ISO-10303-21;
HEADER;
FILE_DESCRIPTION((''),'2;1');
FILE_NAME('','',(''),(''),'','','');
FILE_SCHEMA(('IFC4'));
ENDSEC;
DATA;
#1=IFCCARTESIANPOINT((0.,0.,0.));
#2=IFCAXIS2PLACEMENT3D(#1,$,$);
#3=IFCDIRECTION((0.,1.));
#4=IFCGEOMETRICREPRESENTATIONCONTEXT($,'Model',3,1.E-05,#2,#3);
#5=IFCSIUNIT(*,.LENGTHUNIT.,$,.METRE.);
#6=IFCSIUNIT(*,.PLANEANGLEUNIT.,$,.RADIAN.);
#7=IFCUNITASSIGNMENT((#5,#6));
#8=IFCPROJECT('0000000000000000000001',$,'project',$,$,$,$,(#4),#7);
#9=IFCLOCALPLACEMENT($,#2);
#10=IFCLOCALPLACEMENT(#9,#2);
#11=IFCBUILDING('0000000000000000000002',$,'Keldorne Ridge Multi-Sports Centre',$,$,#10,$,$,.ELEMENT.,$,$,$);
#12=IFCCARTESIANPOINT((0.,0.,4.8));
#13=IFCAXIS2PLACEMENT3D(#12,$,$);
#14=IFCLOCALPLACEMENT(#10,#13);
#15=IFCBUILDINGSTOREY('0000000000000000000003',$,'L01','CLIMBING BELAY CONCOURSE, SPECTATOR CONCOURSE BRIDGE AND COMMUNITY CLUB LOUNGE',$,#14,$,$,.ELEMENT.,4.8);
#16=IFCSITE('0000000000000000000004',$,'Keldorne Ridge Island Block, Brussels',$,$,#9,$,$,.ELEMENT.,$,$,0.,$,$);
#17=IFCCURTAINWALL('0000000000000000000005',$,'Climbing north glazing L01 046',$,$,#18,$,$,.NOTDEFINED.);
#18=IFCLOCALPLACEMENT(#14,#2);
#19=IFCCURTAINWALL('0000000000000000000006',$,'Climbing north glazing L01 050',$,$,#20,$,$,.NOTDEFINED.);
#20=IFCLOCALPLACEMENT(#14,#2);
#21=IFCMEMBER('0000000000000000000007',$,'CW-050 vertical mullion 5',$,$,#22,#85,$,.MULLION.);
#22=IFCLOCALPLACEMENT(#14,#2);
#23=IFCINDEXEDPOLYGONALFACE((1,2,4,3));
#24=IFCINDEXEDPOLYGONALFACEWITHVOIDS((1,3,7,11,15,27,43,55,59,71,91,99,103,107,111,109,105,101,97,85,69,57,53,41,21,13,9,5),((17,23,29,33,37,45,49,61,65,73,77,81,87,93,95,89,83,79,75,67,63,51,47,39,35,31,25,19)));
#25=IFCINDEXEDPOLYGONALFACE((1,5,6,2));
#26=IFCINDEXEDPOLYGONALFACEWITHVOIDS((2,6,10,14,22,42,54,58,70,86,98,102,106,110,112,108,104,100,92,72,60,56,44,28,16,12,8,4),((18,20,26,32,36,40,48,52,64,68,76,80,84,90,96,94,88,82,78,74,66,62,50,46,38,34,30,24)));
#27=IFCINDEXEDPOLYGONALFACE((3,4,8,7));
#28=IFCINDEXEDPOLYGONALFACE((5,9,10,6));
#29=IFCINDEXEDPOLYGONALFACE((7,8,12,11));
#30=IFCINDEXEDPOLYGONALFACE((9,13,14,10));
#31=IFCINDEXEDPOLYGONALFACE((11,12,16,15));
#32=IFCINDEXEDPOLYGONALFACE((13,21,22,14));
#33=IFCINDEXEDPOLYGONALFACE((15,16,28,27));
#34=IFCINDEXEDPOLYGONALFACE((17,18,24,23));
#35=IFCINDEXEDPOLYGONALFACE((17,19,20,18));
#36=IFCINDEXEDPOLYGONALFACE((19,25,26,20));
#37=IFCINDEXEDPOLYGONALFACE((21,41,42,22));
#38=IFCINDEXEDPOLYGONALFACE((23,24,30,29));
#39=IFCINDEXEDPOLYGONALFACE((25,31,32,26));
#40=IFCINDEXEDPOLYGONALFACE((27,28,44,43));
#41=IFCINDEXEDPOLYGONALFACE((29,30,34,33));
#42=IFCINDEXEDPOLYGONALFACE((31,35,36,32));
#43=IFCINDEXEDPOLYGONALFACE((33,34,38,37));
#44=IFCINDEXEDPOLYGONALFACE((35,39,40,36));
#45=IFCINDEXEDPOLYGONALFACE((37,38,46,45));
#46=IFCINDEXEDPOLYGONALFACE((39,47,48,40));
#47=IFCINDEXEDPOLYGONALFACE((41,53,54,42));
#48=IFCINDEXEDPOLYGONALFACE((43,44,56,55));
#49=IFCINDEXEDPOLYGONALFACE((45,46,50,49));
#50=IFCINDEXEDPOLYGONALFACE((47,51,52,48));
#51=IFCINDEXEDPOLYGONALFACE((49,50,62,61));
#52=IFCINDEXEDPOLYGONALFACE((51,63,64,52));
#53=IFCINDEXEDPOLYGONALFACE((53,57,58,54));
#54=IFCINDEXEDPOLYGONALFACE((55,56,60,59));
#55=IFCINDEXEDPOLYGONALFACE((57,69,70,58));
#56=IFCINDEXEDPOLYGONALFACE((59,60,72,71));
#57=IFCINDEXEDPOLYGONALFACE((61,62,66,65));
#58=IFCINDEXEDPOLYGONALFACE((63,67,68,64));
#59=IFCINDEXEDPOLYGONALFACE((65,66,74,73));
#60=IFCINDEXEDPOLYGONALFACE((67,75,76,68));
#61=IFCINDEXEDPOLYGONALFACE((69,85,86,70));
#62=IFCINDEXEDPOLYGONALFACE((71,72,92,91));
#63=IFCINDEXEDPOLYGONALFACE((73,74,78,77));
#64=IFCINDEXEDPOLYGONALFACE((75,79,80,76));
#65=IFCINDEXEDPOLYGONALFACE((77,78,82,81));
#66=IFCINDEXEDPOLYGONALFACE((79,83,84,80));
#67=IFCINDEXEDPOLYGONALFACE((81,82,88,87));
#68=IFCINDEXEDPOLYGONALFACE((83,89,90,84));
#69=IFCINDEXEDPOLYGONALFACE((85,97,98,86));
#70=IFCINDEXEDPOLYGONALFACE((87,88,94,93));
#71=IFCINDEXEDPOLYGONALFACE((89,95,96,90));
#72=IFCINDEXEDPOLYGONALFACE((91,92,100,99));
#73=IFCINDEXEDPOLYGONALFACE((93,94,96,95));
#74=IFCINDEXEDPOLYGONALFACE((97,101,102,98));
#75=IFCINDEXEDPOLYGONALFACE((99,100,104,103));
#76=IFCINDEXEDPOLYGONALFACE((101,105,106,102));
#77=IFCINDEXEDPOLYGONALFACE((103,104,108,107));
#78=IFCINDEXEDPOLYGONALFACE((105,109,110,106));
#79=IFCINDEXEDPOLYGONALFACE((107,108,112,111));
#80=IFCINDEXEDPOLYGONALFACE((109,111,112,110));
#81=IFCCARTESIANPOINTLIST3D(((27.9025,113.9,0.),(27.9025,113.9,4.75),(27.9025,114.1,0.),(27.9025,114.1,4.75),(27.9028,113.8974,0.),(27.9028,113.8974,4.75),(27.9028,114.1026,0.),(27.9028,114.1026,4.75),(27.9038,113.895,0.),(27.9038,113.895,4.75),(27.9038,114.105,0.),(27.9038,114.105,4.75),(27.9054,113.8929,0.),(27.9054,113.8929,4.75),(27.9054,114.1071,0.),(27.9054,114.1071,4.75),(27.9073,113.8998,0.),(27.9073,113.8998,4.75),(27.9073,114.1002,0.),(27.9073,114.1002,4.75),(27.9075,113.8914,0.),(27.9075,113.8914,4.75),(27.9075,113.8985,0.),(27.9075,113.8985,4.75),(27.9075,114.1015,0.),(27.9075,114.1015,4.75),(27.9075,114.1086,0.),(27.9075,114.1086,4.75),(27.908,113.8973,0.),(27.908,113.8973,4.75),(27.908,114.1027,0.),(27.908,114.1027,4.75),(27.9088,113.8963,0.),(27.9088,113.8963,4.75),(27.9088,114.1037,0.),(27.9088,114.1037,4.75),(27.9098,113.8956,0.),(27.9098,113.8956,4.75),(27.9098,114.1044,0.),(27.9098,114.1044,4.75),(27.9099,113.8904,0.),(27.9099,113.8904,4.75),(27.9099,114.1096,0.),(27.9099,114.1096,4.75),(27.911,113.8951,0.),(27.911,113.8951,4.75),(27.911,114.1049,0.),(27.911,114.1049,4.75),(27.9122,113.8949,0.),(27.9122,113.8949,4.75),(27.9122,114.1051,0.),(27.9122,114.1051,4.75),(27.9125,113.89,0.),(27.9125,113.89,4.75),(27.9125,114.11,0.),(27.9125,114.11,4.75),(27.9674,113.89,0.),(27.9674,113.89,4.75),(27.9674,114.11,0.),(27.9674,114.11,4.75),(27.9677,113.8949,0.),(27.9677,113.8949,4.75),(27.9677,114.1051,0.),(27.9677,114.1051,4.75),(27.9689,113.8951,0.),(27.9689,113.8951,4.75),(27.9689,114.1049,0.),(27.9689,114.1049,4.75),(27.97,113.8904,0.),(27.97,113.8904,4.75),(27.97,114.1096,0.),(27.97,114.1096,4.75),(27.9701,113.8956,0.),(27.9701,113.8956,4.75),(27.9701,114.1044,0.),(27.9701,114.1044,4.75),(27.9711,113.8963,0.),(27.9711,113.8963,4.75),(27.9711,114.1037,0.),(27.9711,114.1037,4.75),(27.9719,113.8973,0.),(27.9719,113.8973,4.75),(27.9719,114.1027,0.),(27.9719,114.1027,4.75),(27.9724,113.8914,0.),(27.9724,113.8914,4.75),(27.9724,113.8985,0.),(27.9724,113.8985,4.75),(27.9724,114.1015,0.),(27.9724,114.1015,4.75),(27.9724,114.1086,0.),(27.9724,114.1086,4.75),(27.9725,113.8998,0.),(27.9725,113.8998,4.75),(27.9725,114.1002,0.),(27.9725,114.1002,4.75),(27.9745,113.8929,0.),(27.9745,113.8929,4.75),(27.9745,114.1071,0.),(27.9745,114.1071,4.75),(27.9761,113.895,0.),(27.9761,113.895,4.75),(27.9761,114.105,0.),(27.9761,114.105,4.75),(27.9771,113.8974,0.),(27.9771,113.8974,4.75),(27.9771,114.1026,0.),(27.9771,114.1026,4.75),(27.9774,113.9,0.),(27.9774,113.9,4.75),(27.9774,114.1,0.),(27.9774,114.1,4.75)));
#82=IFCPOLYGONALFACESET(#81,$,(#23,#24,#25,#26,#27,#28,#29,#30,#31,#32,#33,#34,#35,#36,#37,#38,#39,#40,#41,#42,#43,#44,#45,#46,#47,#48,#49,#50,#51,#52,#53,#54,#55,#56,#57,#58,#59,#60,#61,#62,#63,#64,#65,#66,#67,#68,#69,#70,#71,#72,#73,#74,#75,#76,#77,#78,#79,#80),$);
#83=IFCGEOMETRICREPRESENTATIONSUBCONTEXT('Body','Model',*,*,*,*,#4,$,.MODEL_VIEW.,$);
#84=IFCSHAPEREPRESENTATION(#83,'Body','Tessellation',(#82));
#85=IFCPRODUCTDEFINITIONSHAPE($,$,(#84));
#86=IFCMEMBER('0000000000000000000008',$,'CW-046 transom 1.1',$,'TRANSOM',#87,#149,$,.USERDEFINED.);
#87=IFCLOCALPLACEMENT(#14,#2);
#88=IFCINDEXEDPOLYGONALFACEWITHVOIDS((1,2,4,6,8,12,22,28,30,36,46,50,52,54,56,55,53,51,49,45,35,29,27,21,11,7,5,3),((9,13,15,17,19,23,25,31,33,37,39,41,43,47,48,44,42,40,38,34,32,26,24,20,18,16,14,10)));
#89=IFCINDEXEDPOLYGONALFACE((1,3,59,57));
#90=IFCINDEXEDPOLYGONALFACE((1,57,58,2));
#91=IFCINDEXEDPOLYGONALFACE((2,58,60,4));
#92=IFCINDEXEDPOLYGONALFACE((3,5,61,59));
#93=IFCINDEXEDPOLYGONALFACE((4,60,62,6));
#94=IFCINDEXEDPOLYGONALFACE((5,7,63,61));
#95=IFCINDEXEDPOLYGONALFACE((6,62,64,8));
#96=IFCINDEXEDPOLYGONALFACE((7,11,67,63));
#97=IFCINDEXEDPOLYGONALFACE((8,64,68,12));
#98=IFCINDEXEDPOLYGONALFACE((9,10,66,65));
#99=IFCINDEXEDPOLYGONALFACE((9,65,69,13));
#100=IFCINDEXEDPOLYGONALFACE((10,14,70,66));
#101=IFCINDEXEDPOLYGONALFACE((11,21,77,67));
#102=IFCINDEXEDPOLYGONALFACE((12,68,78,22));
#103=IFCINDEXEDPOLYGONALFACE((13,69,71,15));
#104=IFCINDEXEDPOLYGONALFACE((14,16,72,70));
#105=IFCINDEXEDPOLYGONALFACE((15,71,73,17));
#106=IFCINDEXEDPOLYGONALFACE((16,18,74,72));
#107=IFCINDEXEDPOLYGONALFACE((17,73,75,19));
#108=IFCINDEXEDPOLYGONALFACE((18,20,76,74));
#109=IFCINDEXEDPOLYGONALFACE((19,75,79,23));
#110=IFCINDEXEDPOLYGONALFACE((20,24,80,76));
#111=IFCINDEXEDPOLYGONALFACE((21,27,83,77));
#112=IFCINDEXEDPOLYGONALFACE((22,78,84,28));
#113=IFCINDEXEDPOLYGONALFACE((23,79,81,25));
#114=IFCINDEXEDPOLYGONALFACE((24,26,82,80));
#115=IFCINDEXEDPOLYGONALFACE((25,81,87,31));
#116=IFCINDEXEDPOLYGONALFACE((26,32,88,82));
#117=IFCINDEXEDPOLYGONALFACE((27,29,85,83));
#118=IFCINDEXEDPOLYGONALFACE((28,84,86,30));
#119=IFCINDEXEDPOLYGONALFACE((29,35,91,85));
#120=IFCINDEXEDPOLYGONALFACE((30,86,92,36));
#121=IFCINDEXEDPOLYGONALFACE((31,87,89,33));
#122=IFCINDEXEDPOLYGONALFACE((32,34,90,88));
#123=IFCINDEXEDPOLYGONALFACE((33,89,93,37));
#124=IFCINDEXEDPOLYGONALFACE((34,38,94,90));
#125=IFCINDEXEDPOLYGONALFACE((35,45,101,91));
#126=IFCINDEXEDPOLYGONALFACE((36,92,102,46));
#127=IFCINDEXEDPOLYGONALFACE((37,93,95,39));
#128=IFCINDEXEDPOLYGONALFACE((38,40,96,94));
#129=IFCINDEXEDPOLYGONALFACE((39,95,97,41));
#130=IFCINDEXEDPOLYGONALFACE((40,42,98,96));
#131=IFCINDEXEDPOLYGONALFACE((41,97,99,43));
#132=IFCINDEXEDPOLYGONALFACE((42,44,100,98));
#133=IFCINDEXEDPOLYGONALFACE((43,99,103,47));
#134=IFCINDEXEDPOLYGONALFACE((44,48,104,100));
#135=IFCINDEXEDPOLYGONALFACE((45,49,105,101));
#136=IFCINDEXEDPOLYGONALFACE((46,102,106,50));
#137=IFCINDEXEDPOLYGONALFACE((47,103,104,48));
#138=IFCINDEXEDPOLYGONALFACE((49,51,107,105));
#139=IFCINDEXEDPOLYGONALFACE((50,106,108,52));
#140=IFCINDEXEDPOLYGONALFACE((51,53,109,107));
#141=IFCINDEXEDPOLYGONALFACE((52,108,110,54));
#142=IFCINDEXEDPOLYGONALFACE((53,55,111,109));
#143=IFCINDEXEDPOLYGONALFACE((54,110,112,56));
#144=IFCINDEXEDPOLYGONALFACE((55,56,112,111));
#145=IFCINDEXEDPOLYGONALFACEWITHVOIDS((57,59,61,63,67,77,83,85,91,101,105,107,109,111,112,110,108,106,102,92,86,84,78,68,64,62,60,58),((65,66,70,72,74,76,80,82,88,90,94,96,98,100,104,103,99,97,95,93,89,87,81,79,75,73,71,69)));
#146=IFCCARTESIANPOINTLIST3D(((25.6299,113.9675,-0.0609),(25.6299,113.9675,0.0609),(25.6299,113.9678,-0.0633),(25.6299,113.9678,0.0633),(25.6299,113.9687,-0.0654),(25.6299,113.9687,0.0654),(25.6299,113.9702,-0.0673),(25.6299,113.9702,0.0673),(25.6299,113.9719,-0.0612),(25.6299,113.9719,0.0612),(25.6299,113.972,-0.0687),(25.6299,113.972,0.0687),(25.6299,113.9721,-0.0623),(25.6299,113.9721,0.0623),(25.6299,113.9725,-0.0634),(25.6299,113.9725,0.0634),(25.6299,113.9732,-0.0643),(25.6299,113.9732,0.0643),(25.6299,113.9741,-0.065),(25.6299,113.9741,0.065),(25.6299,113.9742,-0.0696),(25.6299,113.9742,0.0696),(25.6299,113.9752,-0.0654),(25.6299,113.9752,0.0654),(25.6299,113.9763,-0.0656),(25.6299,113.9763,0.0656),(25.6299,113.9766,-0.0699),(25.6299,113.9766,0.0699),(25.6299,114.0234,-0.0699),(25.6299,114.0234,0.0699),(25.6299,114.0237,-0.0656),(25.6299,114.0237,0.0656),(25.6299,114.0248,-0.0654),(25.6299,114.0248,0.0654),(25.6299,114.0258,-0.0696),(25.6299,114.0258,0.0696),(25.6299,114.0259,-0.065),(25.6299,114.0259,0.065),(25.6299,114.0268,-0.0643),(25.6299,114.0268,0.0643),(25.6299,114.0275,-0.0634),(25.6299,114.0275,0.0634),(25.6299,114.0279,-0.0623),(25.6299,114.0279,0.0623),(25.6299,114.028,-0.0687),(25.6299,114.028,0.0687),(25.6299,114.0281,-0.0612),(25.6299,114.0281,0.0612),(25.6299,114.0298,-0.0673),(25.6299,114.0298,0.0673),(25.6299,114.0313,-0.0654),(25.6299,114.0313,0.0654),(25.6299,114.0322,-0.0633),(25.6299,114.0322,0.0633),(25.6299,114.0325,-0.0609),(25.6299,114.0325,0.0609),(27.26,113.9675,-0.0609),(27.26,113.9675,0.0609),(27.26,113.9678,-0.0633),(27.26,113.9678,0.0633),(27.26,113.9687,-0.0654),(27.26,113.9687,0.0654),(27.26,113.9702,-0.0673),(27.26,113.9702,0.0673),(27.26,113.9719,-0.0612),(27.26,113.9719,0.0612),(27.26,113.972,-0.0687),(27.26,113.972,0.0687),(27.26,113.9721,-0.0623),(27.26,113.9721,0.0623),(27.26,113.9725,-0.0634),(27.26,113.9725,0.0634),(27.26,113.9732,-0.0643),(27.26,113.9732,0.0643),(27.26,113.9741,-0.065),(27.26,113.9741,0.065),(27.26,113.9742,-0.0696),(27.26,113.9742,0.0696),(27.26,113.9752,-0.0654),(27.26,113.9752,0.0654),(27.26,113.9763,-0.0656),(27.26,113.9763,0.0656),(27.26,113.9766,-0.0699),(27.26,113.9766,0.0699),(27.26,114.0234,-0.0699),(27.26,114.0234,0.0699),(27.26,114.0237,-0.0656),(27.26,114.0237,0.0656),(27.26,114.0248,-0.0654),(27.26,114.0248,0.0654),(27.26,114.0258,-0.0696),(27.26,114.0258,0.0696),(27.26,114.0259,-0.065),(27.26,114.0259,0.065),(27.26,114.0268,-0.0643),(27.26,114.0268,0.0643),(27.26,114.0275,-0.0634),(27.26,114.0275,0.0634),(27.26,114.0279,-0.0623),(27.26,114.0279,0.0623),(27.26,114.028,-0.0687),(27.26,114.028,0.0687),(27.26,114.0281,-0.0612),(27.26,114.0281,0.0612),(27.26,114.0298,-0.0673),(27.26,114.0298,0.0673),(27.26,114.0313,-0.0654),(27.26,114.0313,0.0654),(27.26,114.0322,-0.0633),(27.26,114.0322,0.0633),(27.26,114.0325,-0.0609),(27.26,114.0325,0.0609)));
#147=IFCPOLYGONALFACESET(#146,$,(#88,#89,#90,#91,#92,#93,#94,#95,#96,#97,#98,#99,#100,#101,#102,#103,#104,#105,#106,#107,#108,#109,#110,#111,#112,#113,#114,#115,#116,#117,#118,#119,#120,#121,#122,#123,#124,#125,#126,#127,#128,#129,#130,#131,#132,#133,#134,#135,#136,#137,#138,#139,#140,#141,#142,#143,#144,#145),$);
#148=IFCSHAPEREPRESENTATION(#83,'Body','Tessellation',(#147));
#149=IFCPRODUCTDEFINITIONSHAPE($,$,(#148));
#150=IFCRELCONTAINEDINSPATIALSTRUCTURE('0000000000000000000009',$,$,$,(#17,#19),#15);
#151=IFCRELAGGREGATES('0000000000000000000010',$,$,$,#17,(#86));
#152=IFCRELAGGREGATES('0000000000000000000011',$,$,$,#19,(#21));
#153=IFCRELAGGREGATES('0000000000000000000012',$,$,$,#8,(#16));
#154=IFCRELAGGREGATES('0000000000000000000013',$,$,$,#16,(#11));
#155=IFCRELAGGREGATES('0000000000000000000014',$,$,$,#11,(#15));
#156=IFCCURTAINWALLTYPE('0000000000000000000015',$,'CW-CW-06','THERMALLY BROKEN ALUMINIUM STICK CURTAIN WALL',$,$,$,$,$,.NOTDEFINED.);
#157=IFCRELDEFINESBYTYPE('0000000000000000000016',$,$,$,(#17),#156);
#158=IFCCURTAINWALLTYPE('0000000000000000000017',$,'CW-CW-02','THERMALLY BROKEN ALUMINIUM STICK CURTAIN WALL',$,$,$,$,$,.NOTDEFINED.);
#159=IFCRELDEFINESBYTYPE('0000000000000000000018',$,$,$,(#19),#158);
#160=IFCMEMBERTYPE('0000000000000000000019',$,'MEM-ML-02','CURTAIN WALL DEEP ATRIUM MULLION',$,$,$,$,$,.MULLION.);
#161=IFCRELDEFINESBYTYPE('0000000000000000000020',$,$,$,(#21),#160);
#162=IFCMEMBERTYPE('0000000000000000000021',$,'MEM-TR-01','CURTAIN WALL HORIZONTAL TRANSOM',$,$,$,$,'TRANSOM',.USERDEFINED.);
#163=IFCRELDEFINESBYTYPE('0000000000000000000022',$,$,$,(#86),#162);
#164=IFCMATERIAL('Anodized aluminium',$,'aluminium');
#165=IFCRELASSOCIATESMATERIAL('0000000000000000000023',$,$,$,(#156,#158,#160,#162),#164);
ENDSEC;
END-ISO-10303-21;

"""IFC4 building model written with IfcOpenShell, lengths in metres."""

from ifc_helpers import new_model, si_unit, direction, frame, origin, origin_2d, place, context, subcontext, project, spatial, hollow_rectangle, extrude, material, material_profile, profile_set, type_object, element, aggregate, save


model = new_model("IFC4")

# Units and contexts
model_context = context("Model", 3, precision=1e-05, world=origin(), true_north=direction((0.0, 1.0)))
body_context = subcontext(model_context, "Body", "Model", "MODEL_VIEW")
ifc_project = project(units=[si_unit("LENGTHUNIT", "METRE"), si_unit("PLANEANGLEUNIT", "RADIAN")], contexts=[model_context])

# Site, building, storey
site_placement = place(None, origin())
site = spatial("IfcSite", under=ifc_project, at=site_placement, Name="Keldorne Ridge Island Block, Brussels", CompositionType="ELEMENT", RefElevation=0.0)
building_placement = place(site_placement, origin())
building = spatial("IfcBuilding", under=site, at=building_placement, Name="Keldorne Ridge Multi-Sports Centre", CompositionType="ELEMENT")
storey_placement = place(building_placement, frame((0.0, 0.0, 4.8)))
storey = spatial("IfcBuildingStorey", under=building, at=storey_placement, Name="L01", Description="CLIMBING BELAY CONCOURSE, SPECTATOR CONCOURSE BRIDGE AND COMMUNITY CLUB LOUNGE", CompositionType="ELEMENT", Elevation=4.8)

# Curtain wall
ifc_material_1 = material(Name="Anodized aluminium", Category="aluminium")
curtain_wall_type_1 = type_object("IfcCurtainWallType", Name="CW-CW-06", Description="THERMALLY BROKEN ALUMINIUM STICK CURTAIN WALL", PredefinedType="NOTDEFINED", material=ifc_material_1)
curtain_wall_1_placement = place(storey_placement, origin())
curtain_wall_1 = element("IfcCurtainWall", 1, at=curtain_wall_1_placement, inside=storey, type_object=curtain_wall_type_1, Name="Climbing north glazing L01 046", PredefinedType="NOTDEFINED")
ifc_material_profile_1 = material_profile(ifc_material_1, hollow_rectangle(XDim=0.075, YDim=0.22, WallThickness=0.0049, InnerFilletRadius=0.0049, OuterFilletRadius=0.01, at=origin_2d()), Name="ALU MULLION 220x75x5")
ifc_profile_set_1 = profile_set([ifc_material_profile_1], Name="Anodized aluminium")
member_type_1 = type_object("IfcMemberType", Name="MEM-ML-02", Description="CURTAIN WALL DEEP ATRIUM MULLION", PredefinedType="MULLION", material=ifc_profile_set_1)

# Curtain wall, member
curtain_wall_type_2 = type_object("IfcCurtainWallType", Name="CW-CW-02", Description="THERMALLY BROKEN ALUMINIUM STICK CURTAIN WALL", PredefinedType="NOTDEFINED", material=ifc_material_1)
curtain_wall_2_placement = place(storey_placement, origin())
curtain_wall_2 = element("IfcCurtainWall", 2, at=curtain_wall_2_placement, inside=storey, type_object=curtain_wall_type_2, Name="Climbing north glazing L01 050", PredefinedType="NOTDEFINED")
member_1_placement = place(storey_placement, frame((27.9399, 114.0, 0.0), z_axis=(0.0, 0.0, 1.0), x_axis=(1.0, 0.0, 0.0)))
member_1 = element("IfcMember", 3, at=member_1_placement, type_object=member_type_1, Name="CW-050 vertical mullion 5", PredefinedType="MULLION", context=body_context, shape_type="SweptSolid", body=[
    extrude(hollow_rectangle(XDim=0.075, YDim=0.22, WallThickness=0.0049, InnerFilletRadius=0.0049, OuterFilletRadius=0.01, at=origin_2d()), origin(), (0.0, 0.0, 1.0), 4.75),
])

# Member
ifc_material_profile_2 = material_profile(ifc_material_1, hollow_rectangle(XDim=0.0649, YDim=0.1399, WallThickness=0.0044, InnerFilletRadius=0.0044, OuterFilletRadius=0.009, at=origin_2d()), Name="ALU TRANSOM 140x65x4.5")
ifc_profile_set_2 = profile_set([ifc_material_profile_2], Name="Anodized aluminium")
member_type_2 = type_object("IfcMemberType", Name="MEM-TR-01", Description="CURTAIN WALL HORIZONTAL TRANSOM", ElementType="TRANSOM", PredefinedType="USERDEFINED", material=ifc_profile_set_2)
member_2_placement = place(storey_placement, frame((27.26, 114.0, 0.0), z_axis=(-1.0, 0.0, 0.0), x_axis=(0.0, -1.0, 0.0)))
member_2 = element("IfcMember", 4, at=member_2_placement, type_object=member_type_2, Name="CW-046 transom 1.1", ObjectType="TRANSOM", PredefinedType="USERDEFINED", context=body_context, shape_type="SweptSolid", body=[
    extrude(hollow_rectangle(XDim=0.0649, YDim=0.1399, WallThickness=0.0044, InnerFilletRadius=0.0044, OuterFilletRadius=0.009, at=origin_2d()), origin(), (0.0, 0.0, 1.0), 1.6301),
])

aggregate(curtain_wall_1, [member_2])
aggregate(curtain_wall_2, [member_1])

save(model, "model.ifc")
